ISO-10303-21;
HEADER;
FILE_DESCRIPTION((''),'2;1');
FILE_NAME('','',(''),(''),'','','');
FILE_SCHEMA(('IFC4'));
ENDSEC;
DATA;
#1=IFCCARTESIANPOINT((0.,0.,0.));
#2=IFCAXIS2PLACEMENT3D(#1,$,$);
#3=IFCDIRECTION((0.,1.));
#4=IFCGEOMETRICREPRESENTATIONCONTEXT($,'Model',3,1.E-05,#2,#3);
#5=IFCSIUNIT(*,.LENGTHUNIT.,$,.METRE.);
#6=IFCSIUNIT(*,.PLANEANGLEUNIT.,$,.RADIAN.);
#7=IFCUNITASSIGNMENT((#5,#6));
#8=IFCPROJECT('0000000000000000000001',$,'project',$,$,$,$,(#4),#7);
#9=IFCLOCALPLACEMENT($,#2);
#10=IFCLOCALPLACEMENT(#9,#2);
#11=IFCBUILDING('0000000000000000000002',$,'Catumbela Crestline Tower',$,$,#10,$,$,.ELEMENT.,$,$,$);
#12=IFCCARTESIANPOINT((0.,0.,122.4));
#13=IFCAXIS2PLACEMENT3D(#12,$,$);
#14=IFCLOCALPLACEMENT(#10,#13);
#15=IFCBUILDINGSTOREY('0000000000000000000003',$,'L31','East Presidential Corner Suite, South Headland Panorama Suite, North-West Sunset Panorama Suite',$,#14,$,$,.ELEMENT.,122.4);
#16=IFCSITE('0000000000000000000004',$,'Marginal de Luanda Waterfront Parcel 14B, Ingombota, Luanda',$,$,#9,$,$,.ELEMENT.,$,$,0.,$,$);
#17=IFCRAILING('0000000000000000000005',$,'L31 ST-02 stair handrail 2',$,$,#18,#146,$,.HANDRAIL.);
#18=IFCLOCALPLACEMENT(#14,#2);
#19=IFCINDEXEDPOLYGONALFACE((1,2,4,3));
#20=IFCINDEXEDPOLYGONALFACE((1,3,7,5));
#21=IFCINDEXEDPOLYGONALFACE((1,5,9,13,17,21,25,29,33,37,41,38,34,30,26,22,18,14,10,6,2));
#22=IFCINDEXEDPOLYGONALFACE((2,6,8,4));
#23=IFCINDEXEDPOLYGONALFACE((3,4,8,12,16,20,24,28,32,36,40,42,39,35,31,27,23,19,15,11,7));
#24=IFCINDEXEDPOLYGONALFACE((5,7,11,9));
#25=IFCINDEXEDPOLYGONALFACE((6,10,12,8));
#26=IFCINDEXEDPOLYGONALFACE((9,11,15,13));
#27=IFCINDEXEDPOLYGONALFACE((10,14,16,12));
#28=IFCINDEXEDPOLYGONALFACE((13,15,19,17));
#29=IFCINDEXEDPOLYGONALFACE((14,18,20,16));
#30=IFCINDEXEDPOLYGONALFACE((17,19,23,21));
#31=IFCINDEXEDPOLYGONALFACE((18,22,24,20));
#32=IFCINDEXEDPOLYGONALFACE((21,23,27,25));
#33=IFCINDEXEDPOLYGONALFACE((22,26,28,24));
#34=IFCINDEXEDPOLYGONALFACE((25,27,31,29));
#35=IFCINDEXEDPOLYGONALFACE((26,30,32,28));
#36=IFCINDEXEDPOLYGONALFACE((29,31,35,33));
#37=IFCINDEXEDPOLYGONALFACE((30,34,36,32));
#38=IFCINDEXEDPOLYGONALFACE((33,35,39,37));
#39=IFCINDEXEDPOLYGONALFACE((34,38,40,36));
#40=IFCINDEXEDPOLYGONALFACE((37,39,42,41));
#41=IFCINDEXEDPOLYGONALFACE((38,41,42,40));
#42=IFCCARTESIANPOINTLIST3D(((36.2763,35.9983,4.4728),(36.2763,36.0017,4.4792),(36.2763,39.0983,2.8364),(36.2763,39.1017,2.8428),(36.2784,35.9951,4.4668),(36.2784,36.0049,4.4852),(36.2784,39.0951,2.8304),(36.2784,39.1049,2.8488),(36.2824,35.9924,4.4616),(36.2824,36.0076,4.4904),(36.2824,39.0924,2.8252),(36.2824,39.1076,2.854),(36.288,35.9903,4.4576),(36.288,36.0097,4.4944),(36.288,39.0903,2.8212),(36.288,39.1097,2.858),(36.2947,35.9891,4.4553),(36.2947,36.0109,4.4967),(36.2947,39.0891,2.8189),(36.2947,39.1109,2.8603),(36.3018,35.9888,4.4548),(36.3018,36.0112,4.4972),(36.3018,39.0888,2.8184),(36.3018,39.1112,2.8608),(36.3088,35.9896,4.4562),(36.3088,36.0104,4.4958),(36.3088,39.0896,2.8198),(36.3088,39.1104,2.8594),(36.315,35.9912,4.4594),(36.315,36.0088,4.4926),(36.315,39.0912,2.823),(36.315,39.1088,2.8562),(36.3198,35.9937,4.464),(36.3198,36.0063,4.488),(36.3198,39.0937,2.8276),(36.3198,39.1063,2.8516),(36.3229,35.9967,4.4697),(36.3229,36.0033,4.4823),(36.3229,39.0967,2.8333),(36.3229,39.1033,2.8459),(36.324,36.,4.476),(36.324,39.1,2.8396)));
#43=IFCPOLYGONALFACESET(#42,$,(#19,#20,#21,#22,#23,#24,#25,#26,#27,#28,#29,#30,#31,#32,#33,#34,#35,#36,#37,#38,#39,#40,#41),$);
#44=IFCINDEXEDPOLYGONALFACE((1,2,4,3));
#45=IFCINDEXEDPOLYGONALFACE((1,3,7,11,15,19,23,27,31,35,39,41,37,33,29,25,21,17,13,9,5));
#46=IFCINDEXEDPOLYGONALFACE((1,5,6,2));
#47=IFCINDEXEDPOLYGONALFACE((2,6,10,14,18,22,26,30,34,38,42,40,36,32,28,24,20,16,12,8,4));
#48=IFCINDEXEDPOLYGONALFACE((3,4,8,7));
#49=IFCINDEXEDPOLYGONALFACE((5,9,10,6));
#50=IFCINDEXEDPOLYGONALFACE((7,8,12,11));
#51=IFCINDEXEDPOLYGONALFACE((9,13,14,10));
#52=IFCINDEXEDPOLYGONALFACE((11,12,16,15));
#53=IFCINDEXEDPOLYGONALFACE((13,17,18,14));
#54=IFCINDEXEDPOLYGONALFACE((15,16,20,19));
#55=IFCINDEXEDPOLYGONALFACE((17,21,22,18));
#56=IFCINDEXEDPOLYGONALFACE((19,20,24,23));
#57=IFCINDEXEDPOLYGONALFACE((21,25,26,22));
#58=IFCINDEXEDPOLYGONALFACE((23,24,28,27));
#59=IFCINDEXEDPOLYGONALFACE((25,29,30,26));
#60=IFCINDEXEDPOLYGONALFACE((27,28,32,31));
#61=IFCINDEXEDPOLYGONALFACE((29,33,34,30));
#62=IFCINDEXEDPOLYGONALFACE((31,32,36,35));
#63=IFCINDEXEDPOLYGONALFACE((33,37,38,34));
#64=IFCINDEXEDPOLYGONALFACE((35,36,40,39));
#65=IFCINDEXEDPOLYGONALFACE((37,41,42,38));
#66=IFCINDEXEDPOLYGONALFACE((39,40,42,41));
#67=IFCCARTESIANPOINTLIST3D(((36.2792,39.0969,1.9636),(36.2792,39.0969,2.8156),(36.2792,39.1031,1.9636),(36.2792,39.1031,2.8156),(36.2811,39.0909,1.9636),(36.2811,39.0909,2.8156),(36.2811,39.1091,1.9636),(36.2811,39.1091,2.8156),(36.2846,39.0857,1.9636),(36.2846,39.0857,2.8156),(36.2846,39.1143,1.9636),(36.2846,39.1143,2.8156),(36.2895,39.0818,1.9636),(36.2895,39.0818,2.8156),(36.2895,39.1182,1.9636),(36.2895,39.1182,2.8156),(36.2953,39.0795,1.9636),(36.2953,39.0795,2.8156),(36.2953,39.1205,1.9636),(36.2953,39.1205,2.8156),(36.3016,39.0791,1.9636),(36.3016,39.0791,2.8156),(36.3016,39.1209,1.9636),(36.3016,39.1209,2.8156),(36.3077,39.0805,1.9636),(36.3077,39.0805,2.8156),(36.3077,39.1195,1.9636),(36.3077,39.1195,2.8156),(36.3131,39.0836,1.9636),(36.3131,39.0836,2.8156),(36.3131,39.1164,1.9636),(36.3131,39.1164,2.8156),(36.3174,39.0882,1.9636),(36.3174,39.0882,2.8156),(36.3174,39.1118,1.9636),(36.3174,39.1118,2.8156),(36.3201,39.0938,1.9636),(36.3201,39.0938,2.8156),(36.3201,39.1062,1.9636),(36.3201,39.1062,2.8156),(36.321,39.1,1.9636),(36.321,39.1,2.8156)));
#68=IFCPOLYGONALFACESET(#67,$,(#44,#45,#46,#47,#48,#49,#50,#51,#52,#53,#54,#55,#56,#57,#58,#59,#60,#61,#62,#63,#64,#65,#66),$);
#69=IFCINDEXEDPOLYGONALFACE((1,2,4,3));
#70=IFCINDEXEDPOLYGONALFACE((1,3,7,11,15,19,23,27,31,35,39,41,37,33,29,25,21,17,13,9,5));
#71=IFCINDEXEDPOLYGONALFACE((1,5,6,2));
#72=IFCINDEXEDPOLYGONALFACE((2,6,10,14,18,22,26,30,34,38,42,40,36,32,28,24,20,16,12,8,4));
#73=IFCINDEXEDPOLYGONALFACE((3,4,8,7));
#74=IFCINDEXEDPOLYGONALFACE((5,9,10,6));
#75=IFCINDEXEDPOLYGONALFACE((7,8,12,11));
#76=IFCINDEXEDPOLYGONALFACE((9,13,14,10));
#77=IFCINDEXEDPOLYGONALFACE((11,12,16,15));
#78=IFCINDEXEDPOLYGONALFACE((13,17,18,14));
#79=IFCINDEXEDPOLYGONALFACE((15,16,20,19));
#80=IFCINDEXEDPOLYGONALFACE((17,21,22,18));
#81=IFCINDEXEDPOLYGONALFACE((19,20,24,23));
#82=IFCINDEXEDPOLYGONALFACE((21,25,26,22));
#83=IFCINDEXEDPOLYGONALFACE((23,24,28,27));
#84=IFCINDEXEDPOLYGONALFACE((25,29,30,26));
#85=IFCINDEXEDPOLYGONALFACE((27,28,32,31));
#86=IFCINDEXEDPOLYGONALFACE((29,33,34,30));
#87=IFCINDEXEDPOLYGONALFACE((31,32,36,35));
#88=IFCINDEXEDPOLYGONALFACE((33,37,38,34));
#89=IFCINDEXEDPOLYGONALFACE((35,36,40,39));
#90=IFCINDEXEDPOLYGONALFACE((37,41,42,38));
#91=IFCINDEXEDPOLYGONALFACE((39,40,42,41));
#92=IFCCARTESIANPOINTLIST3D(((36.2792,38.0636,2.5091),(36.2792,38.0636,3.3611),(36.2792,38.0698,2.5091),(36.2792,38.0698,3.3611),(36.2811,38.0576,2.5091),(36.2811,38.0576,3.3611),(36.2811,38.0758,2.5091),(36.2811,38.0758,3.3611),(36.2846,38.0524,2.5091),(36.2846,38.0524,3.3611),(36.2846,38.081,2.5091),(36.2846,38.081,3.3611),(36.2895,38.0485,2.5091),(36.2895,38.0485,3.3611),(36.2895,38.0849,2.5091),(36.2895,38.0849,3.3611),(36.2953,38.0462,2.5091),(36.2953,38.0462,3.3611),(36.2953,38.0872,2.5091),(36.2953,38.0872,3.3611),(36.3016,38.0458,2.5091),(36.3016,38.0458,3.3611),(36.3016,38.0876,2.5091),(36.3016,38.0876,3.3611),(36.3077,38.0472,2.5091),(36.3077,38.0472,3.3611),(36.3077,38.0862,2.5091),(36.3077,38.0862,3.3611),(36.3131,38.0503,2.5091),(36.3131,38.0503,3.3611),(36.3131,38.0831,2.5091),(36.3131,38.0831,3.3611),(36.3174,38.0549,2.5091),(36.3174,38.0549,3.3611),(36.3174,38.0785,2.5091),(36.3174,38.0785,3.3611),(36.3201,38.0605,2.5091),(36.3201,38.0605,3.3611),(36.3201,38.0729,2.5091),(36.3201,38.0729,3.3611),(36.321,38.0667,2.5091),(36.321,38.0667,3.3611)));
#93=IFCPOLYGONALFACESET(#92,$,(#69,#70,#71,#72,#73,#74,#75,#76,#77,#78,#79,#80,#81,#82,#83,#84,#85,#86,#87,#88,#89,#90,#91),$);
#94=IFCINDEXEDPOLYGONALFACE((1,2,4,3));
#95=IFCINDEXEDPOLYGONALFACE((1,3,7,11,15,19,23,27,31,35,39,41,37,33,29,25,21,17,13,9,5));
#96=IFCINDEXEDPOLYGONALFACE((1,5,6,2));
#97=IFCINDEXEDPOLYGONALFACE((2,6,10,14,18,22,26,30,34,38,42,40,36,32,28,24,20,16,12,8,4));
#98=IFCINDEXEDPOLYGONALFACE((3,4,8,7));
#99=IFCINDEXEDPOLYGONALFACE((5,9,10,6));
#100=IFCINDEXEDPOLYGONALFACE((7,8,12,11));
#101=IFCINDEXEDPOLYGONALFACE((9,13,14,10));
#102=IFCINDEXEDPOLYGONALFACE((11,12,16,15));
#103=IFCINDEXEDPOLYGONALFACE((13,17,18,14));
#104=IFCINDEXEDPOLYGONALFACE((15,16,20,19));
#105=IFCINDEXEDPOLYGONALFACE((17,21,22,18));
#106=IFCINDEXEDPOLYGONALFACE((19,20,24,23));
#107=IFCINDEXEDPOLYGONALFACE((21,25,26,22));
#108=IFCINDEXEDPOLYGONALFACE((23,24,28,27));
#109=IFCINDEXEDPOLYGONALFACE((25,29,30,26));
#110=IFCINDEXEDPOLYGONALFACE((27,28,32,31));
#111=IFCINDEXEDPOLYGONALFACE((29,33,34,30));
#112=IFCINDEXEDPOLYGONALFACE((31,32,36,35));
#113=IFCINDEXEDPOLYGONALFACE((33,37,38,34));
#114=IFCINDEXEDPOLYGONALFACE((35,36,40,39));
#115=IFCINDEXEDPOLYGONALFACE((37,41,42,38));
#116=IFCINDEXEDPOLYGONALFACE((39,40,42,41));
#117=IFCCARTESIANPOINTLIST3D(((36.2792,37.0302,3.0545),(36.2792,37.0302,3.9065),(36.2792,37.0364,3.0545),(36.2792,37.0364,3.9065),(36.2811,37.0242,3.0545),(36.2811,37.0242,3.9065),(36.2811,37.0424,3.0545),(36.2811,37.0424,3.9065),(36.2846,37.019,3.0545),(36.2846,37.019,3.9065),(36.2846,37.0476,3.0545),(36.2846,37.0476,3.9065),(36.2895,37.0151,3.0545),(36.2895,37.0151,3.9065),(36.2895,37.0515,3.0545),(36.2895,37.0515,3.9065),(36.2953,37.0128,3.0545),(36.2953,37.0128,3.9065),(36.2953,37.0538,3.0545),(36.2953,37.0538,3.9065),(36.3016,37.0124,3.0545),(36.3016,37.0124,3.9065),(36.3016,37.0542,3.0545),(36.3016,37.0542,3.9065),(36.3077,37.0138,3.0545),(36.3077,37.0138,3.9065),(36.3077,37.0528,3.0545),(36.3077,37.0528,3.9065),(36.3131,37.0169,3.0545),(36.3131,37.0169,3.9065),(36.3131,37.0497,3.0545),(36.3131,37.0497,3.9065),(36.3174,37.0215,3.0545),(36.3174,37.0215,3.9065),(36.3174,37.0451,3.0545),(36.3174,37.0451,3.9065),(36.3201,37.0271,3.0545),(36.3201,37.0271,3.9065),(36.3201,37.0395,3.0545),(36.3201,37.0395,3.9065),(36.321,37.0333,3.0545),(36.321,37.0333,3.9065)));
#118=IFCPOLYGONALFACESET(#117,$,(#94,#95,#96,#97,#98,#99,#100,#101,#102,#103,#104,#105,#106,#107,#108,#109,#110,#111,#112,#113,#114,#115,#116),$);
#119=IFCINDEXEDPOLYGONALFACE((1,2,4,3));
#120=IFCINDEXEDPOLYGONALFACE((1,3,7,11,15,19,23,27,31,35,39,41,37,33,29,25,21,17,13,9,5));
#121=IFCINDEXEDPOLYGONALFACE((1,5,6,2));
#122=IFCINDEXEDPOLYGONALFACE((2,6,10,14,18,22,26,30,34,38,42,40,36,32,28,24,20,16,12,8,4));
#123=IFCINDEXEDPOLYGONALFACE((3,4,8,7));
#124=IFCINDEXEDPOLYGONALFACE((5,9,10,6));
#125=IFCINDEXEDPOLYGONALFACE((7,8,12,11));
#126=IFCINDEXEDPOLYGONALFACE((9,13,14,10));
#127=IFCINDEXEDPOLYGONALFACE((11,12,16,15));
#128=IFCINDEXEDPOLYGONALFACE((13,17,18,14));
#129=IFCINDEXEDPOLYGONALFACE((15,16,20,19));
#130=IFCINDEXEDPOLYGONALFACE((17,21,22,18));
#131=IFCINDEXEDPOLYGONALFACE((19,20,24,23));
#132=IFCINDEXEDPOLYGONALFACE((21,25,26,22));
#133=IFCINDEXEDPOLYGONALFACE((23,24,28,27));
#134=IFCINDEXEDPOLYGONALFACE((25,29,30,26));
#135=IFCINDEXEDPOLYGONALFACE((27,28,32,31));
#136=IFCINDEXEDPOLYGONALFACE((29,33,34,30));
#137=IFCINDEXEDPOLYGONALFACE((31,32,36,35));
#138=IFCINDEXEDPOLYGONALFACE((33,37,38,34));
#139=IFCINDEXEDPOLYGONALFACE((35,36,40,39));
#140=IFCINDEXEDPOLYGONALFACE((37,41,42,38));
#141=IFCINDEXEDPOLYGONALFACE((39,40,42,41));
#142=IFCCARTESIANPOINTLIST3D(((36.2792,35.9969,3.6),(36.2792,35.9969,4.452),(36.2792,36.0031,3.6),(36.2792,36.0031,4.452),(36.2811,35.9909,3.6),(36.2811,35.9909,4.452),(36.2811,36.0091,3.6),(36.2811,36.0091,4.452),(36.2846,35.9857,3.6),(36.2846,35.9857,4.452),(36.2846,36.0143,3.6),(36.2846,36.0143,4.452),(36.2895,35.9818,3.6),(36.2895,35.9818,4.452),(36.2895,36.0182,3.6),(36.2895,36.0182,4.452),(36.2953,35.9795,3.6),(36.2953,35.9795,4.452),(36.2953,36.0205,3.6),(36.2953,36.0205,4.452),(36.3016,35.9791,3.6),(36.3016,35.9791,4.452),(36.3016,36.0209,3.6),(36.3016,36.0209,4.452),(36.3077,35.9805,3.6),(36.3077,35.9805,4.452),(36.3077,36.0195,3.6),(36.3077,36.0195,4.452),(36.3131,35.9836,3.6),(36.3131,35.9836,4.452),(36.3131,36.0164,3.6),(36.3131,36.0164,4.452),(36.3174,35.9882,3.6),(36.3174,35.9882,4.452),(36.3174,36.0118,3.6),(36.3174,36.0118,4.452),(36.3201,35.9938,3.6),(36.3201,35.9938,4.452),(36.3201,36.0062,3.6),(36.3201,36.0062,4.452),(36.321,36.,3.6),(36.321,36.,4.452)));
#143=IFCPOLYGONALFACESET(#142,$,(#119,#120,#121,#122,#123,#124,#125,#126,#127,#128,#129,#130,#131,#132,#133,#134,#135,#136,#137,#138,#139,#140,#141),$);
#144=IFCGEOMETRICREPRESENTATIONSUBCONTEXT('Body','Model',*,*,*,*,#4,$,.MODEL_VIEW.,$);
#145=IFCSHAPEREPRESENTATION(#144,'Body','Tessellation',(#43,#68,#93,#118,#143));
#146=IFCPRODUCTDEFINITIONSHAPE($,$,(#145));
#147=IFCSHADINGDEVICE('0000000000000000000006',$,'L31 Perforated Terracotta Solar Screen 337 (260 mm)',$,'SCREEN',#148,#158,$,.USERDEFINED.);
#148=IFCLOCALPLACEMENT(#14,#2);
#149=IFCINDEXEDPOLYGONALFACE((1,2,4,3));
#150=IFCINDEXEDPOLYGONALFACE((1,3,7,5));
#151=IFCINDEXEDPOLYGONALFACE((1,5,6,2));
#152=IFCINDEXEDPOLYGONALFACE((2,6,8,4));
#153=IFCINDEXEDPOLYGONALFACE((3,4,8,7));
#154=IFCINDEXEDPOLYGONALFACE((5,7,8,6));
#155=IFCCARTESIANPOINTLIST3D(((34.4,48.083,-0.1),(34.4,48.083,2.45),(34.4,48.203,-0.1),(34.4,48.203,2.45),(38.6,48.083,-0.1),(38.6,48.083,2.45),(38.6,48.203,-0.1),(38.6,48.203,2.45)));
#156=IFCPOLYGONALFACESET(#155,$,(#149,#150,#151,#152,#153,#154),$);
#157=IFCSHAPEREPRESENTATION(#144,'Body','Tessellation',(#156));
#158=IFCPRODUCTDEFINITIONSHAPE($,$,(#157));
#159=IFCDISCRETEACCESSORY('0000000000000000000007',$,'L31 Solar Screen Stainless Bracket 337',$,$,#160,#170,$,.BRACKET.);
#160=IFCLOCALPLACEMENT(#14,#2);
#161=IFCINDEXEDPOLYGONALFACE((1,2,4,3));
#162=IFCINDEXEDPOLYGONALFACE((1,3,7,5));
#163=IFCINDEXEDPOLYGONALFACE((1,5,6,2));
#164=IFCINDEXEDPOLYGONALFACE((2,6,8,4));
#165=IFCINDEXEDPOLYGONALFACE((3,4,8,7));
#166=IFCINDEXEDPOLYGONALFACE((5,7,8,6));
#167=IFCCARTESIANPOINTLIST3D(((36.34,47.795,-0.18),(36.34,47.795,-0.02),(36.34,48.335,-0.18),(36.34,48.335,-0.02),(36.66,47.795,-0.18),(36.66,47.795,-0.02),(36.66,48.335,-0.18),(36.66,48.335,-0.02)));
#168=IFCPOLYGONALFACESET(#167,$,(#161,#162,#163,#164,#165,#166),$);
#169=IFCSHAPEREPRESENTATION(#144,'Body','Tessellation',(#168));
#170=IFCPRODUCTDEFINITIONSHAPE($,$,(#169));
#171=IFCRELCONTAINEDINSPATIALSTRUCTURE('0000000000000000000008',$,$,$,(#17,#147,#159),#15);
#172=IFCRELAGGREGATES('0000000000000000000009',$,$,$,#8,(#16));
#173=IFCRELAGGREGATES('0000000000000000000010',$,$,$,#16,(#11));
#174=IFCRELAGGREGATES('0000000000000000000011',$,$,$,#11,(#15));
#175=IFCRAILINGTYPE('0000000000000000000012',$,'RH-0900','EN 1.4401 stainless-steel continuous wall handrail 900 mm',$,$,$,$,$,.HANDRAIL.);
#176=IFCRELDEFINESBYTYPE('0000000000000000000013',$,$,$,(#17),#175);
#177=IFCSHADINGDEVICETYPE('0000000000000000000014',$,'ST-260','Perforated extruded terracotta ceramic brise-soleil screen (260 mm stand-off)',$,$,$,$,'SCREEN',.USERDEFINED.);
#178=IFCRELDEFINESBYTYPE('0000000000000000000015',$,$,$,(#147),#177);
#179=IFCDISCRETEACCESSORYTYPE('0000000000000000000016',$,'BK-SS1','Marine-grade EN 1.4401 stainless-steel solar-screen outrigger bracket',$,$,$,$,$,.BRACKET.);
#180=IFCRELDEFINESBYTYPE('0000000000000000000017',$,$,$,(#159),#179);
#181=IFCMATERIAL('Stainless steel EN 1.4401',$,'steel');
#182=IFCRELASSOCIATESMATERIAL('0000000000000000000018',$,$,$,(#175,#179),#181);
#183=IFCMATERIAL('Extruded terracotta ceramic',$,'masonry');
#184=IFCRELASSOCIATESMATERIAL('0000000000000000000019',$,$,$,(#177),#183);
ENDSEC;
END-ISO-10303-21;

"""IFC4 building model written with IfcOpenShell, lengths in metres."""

from ifc_helpers import new_model, si_unit, direction, frame, origin, origin_2d, place, context, subcontext, project, spatial, rectangle, circle, extrude, material, type_object, element, save


model = new_model("IFC4")

# Units and contexts
model_context = context("Model", 3, precision=1e-05, world=origin(), true_north=direction((0.0, 1.0)))
body_context = subcontext(model_context, "Body", "Model", "MODEL_VIEW")
ifc_project = project(units=[si_unit("LENGTHUNIT", "METRE"), si_unit("PLANEANGLEUNIT", "RADIAN")], contexts=[model_context])

# Site, building, storey
site_placement = place(None, origin())
site = spatial("IfcSite", under=ifc_project, at=site_placement, Name="Marginal de Luanda Waterfront Parcel 14B, Ingombota, Luanda", CompositionType="ELEMENT", RefElevation=0.0)
building_placement = place(site_placement, origin())
building = spatial("IfcBuilding", under=site, at=building_placement, Name="Catumbela Crestline Tower", CompositionType="ELEMENT")
storey_placement = place(building_placement, frame((0.0, 0.0, 122.4)))
storey = spatial("IfcBuildingStorey", under=building, at=storey_placement, Name="L31", Description="East Presidential Corner Suite, South Headland Panorama Suite, North-West Sunset Panorama Suite", CompositionType="ELEMENT", Elevation=122.4)

# Shared definitions
ifc_material_1 = material(Name="Stainless steel EN 1.4401", Category="steel")

# Railing
railing_type_1 = type_object("IfcRailingType", Name="RH-0900", Description="EN 1.4401 stainless-steel continuous wall handrail 900 mm", PredefinedType="HANDRAIL", material=ifc_material_1)
railing_1_placement = place(storey_placement, frame((36.3, 39.1, 1.9636)))
element("IfcRailing", 1, at=railing_1_placement, inside=storey, type_object=railing_type_1, Name="L31 ST-02 stair handrail 2", PredefinedType="HANDRAIL", context=body_context, shape_type="SweptSolid", body=[
    extrude(circle(Radius=0.024, at=origin_2d()), frame((0.0, 0.0, 0.876), z_axis=(0.0, -0.884351, 0.466823), x_axis=(1.0, 0.0, 0.0)), (0.0, 0.0, 1.0), 3.5054),
    extrude(circle(Radius=0.021, at=origin_2d()), origin(), (0.0, 0.0, 1.0), 0.852),
    extrude(circle(Radius=0.021, at=origin_2d()), frame((0.0, -1.0333, 0.5455)), (0.0, 0.0, 1.0), 0.852),
    extrude(circle(Radius=0.021, at=origin_2d()), frame((0.0, -2.0667, 1.0909)), (0.0, 0.0, 1.0), 0.852),
    extrude(circle(Radius=0.021, at=origin_2d()), frame((0.0, -3.1, 1.6364)), (0.0, 0.0, 1.0), 0.852),
])

# Shading device
ifc_material_2 = material(Name="Extruded terracotta ceramic", Category="masonry")
shading_device_type = type_object("IfcShadingDeviceType", Name="ST-260", Description="Perforated extruded terracotta ceramic brise-soleil screen (260 mm stand-off)", ElementType="SCREEN", PredefinedType="USERDEFINED", material=ifc_material_2)
shading_device_placement = place(storey_placement, frame((36.5, 48.143, -0.1), z_axis=(0.0, 0.0, 1.0), x_axis=(-1.0, 0.0, 0.0)))
element("IfcShadingDevice", 2, at=shading_device_placement, inside=storey, type_object=shading_device_type, Name="L31 Perforated Terracotta Solar Screen 337 (260 mm)", ObjectType="SCREEN", PredefinedType="USERDEFINED", context=body_context, shape_type="SweptSolid", body=[
    extrude(rectangle(XDim=4.2, YDim=0.12, at=origin_2d()), origin(), (0.0, 0.0, 1.0), 2.55),
])

# Discrete accessory
discrete_accessory_type = type_object("IfcDiscreteAccessoryType", Name="BK-SS1", Description="Marine-grade EN 1.4401 stainless-steel solar-screen outrigger bracket", PredefinedType="BRACKET", material=ifc_material_1)
discrete_accessory_placement = place(storey_placement, frame((36.5, 48.065, -0.18), z_axis=(0.0, 0.0, 1.0), x_axis=(-1.0, 0.0, 0.0)))
element("IfcDiscreteAccessory", 3, at=discrete_accessory_placement, inside=storey, type_object=discrete_accessory_type, Name="L31 Solar Screen Stainless Bracket 337", PredefinedType="BRACKET", context=body_context, shape_type="SweptSolid", body=[
    extrude(rectangle(XDim=0.32, YDim=0.54, at=origin_2d()), origin(), (0.0, 0.0, 1.0), 0.16),
])

save(model, "model.ifc")
